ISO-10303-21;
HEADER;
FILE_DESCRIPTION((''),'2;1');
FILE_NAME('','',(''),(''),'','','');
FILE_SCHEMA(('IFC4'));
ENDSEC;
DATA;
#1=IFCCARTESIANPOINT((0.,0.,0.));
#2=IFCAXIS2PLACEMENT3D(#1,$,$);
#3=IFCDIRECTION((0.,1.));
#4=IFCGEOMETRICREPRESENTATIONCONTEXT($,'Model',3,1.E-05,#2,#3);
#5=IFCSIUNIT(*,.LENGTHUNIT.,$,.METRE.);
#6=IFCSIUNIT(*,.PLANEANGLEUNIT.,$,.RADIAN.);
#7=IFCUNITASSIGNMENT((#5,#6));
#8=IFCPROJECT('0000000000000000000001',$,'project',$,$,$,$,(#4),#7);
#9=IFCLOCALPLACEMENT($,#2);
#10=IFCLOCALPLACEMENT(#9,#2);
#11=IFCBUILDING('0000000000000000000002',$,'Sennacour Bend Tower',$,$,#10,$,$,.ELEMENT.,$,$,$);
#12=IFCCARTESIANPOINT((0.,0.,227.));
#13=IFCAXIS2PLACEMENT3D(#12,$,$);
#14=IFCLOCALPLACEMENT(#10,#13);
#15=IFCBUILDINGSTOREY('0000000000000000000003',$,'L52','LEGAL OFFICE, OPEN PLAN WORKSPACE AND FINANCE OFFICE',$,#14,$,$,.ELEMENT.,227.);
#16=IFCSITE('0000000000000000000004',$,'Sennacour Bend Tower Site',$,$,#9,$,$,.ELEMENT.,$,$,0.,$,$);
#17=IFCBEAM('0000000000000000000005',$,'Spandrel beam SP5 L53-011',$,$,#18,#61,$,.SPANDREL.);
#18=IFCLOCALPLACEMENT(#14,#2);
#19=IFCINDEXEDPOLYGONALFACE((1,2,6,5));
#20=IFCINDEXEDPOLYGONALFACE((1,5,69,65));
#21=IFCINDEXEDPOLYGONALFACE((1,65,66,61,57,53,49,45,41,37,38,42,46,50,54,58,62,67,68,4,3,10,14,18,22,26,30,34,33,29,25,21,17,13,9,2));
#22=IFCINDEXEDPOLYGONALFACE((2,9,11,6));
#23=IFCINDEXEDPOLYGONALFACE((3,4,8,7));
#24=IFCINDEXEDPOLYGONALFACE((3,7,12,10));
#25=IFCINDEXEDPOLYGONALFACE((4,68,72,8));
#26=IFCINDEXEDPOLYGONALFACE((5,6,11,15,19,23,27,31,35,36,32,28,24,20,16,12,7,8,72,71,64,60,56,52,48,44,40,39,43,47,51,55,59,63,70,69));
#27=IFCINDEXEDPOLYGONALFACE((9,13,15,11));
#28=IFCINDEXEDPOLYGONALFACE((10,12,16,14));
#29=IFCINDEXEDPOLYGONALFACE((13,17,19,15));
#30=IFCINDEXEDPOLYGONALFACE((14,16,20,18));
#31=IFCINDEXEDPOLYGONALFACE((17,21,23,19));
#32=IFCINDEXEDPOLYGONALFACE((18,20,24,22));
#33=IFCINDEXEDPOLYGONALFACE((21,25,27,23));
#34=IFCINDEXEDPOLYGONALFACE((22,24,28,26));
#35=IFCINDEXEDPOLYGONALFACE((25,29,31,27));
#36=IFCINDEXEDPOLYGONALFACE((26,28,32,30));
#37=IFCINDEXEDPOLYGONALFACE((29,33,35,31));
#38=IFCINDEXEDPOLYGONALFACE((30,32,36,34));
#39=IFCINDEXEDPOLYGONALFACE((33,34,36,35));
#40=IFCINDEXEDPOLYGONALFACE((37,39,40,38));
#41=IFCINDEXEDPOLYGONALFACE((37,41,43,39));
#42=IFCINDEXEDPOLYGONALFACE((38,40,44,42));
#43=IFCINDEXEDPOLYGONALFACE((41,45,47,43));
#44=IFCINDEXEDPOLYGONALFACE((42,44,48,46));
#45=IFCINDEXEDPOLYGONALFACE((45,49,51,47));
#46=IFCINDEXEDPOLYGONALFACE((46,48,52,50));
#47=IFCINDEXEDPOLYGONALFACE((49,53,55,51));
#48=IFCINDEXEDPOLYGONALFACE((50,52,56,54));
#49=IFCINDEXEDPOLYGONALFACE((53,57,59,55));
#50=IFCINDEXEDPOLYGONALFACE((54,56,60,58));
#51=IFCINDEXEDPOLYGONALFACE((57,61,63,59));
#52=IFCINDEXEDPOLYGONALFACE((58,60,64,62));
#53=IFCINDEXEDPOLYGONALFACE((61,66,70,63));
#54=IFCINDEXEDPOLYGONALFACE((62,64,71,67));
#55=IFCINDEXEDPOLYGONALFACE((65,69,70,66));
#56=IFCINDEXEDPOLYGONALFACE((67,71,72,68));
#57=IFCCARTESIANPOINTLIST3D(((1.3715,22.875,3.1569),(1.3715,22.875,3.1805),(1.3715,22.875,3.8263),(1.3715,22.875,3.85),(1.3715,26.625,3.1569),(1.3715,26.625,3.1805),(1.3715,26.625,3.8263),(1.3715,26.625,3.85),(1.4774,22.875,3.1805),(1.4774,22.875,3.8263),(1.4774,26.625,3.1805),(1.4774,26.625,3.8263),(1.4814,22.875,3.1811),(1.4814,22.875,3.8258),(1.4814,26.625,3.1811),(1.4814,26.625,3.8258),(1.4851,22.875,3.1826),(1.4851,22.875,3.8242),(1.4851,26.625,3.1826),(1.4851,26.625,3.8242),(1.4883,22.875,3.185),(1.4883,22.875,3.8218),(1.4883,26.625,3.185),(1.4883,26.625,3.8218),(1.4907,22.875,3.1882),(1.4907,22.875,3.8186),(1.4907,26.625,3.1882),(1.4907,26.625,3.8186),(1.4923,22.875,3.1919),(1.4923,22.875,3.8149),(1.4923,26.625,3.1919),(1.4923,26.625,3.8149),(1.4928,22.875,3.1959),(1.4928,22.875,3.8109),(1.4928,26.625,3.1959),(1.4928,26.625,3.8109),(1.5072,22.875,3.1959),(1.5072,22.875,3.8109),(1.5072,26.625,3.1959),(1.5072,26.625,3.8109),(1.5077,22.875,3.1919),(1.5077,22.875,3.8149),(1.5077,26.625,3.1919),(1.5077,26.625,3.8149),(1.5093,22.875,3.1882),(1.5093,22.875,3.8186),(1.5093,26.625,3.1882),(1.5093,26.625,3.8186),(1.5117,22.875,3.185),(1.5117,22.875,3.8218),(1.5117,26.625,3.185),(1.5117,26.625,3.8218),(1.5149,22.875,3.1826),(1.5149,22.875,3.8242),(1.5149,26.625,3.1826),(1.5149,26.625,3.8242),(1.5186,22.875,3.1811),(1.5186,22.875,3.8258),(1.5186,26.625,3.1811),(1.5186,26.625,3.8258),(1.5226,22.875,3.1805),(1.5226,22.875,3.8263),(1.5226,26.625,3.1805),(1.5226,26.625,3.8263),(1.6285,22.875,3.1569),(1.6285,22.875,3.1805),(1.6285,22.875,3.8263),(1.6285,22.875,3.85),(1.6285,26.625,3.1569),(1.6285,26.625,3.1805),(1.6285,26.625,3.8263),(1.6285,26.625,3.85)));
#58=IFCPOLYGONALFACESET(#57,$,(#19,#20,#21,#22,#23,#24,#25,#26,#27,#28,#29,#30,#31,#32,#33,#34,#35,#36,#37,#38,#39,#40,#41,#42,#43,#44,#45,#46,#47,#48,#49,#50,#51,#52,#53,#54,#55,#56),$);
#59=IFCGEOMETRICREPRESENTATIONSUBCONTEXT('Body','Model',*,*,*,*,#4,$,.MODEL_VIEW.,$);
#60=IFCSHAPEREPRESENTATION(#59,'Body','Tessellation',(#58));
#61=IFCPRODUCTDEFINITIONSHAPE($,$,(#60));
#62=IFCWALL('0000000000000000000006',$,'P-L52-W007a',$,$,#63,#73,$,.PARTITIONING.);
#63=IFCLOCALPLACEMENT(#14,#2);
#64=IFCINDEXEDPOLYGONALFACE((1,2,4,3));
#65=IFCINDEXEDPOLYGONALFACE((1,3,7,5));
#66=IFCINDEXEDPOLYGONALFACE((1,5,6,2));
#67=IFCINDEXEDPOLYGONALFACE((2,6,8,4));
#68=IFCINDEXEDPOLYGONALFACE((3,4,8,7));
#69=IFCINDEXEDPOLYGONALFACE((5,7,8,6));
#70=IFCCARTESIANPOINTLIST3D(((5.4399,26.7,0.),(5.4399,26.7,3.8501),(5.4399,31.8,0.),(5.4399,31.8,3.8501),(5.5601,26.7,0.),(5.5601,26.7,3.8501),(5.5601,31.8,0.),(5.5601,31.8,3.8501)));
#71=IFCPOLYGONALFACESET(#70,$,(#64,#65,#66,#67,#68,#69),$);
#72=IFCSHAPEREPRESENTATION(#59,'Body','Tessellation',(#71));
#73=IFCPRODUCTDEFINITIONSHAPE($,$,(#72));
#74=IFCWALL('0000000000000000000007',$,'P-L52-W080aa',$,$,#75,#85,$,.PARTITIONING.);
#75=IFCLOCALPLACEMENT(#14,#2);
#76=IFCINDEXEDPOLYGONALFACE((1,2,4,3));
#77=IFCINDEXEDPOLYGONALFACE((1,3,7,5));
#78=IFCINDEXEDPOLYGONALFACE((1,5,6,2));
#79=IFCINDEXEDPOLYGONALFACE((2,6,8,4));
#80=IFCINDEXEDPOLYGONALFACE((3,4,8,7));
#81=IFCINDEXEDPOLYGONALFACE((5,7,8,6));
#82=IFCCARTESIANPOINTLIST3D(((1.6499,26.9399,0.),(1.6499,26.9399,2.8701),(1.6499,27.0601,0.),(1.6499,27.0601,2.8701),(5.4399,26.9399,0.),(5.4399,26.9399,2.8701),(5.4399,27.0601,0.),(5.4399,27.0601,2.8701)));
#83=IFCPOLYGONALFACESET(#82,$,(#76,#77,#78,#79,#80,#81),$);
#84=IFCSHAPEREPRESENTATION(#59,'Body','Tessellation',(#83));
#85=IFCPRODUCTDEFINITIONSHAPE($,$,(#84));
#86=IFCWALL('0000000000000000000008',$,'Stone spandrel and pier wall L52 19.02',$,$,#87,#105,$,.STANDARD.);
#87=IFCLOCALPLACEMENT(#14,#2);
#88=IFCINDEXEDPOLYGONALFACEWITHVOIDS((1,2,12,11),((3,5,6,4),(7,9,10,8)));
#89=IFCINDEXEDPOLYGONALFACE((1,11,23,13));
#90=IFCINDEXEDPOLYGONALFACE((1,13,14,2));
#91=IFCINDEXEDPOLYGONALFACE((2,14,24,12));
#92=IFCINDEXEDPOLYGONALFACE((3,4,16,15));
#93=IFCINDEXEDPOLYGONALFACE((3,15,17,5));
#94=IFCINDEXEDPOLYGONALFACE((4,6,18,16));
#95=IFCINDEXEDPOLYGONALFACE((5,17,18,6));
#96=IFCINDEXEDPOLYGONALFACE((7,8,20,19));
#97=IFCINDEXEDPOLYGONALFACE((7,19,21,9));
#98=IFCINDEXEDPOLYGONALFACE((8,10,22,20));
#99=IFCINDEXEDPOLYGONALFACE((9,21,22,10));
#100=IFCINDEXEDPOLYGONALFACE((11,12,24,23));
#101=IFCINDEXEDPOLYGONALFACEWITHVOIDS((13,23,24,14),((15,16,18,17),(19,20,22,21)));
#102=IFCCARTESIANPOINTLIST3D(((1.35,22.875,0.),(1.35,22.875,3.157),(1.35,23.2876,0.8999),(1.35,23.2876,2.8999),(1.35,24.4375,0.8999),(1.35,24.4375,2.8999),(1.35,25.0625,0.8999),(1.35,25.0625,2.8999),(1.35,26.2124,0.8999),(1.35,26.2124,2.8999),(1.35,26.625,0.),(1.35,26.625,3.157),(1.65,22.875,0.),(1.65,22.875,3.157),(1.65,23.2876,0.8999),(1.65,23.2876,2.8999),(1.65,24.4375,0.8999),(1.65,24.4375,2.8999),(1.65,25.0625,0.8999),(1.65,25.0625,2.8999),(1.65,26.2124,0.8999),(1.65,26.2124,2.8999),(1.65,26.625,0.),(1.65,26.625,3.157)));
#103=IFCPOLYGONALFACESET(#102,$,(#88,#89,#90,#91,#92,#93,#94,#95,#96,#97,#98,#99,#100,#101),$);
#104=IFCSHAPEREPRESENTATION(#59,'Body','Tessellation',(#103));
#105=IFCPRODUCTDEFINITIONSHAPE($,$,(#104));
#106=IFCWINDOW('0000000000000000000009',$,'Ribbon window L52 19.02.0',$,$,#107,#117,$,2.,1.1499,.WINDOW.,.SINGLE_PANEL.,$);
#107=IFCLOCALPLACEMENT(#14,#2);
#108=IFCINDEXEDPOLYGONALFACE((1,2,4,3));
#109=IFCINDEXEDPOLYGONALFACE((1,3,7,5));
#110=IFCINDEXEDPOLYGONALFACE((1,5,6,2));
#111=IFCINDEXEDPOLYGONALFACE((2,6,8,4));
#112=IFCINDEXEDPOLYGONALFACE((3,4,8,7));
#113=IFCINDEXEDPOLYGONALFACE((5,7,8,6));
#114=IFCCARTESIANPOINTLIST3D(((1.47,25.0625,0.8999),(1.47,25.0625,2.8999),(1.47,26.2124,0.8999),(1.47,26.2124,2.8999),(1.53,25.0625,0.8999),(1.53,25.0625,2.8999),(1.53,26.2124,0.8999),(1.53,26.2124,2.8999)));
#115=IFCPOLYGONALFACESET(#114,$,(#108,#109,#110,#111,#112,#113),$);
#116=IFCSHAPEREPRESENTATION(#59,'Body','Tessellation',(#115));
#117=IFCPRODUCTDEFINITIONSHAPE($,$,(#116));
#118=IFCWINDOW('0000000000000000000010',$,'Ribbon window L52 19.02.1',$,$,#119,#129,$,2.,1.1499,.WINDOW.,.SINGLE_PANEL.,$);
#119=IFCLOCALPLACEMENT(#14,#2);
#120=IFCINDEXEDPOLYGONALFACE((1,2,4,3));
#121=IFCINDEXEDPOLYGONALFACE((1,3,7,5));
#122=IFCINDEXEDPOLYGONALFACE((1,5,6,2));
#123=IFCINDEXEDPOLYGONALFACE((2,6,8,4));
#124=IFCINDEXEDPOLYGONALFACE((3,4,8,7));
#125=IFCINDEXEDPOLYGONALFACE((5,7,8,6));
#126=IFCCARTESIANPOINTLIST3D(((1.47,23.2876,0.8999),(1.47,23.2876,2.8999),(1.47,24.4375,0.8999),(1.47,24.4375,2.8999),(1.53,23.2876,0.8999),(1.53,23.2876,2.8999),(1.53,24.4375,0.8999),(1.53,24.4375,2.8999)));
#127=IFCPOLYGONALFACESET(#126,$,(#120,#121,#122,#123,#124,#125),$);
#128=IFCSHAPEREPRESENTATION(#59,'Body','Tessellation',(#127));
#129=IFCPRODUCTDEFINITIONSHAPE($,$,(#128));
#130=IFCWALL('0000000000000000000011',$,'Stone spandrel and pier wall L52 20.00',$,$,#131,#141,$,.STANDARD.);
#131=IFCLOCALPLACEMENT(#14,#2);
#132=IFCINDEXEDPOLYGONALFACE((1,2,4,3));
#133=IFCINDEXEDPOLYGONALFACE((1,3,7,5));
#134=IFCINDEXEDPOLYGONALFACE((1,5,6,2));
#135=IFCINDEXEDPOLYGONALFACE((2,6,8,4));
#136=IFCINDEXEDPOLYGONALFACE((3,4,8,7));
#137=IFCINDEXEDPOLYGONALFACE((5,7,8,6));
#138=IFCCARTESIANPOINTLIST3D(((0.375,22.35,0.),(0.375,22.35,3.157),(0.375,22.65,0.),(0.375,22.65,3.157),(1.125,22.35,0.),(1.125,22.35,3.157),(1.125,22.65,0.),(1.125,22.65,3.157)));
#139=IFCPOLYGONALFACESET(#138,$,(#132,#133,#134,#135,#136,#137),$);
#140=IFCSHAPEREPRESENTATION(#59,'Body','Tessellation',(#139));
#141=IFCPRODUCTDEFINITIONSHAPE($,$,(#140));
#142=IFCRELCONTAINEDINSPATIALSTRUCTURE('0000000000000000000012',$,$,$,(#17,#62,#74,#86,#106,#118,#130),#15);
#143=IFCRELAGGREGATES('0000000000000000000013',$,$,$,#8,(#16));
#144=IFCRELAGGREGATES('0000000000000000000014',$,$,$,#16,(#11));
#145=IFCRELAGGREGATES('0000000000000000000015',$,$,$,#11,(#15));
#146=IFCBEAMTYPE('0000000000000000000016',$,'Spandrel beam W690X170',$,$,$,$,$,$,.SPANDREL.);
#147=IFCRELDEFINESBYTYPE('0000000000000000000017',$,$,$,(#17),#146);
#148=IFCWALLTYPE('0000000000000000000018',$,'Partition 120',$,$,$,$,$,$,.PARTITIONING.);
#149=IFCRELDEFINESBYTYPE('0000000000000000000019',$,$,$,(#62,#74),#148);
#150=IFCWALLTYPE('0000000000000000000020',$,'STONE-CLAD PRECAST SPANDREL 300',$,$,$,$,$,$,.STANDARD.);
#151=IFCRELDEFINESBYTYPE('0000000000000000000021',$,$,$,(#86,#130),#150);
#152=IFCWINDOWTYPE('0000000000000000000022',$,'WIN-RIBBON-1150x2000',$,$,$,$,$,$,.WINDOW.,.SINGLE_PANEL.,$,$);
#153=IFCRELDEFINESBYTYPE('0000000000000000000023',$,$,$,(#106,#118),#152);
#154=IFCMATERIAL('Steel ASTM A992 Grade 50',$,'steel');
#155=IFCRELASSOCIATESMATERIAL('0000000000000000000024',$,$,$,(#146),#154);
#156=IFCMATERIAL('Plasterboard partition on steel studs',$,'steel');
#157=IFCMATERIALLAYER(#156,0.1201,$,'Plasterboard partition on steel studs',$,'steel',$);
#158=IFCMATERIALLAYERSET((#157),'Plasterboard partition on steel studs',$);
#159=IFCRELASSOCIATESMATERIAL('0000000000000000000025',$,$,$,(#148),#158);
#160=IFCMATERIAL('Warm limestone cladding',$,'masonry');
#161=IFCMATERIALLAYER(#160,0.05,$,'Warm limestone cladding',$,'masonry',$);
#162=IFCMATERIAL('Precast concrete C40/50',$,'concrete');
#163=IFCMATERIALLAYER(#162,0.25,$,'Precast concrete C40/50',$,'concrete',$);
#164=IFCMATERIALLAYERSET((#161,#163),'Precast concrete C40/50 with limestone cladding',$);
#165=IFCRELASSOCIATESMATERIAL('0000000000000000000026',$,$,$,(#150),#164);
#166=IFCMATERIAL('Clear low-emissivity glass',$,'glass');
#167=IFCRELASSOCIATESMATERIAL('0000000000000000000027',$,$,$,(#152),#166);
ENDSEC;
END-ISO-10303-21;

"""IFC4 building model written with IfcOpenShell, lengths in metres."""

from ifc_helpers import new_model, si_unit, direction, frame, frame_2d, origin, origin_2d, place, context, subcontext, project, spatial, rectangle, i_section, extrude, material, layer, layer_set, material_profile, profile_set, type_object, element, fill, save


model = new_model("IFC4")

# Units and contexts
model_context = context("Model", 3, precision=1e-05, world=origin(), true_north=direction((0.0, 1.0)))
body_context = subcontext(model_context, "Body", "Model", "MODEL_VIEW")
ifc_project = project(units=[si_unit("LENGTHUNIT", "METRE"), si_unit("PLANEANGLEUNIT", "RADIAN")], contexts=[model_context])

# Site, building, storey
site_placement = place(None, origin())
site = spatial("IfcSite", under=ifc_project, at=site_placement, Name="Sennacour Bend Tower Site", CompositionType="ELEMENT", RefElevation=0.0)
building_placement = place(site_placement, origin())
building = spatial("IfcBuilding", under=site, at=building_placement, Name="Sennacour Bend Tower", CompositionType="ELEMENT")
storey_placement = place(building_placement, frame((0.0, 0.0, 227.0)))
storey = spatial("IfcBuildingStorey", under=building, at=storey_placement, Name="L52", Description="LEGAL OFFICE, OPEN PLAN WORKSPACE AND FINANCE OFFICE", CompositionType="ELEMENT", Elevation=227.0)

# Beam
ifc_material_1 = material(Name="Steel ASTM A992 Grade 50", Category="steel")
ifc_material_profile_1 = material_profile(ifc_material_1, i_section(OverallWidth=0.2571, OverallDepth=0.6931, WebThickness=0.0144, FlangeThickness=0.0237, FilletRadius=0.0154, at=origin_2d()), Name="Steel ASTM A992 Grade 50", Category="steel")
ifc_profile_set_1 = profile_set([ifc_material_profile_1], Name="Steel ASTM A992 Grade 50")
beam_type_1 = type_object("IfcBeamType", Name="Spandrel beam W690X170", PredefinedType="SPANDREL", material=ifc_profile_set_1)
beam_1_placement = place(storey_placement, frame((1.5, 22.875, 3.5034), z_axis=(0.0, 1.0, 0.0), x_axis=(-1.0, 0.0, 0.0)))
element("IfcBeam", 1, at=beam_1_placement, inside=storey, type_object=beam_type_1, Name="Spandrel beam SP5 L53-011", PredefinedType="SPANDREL", context=body_context, shape_type="SweptSolid", body=[
    extrude(i_section(OverallWidth=0.2571, OverallDepth=0.6931, WebThickness=0.0144, FlangeThickness=0.0237, FilletRadius=0.0154, at=origin_2d()), origin(), (0.0, 0.0, 1.0), 3.75),
])

# Walls
ifc_material_2 = material(Name="Plasterboard partition on steel studs", Category="steel")
ifc_layer_1 = layer(ifc_material_2, 0.1201, Name="Plasterboard partition on steel studs", Category="steel")
ifc_layer_set_1 = layer_set([ifc_layer_1], Name="Plasterboard partition on steel studs")
wall_type_1 = type_object("IfcWallType", Name="Partition 120", PredefinedType="PARTITIONING", material=ifc_layer_set_1)
wall_1_placement = place(storey_placement, frame((5.5, 26.7, 0.0), z_axis=(0.0, 0.0, 1.0), x_axis=(0.0, 1.0, 0.0)))
element("IfcWall", 2, at=wall_1_placement, inside=storey, type_object=wall_type_1, Name="P-L52-W007a", PredefinedType="PARTITIONING", context=body_context, shape_type="SweptSolid", body=[
    extrude(rectangle(XDim=5.1001, YDim=0.1201, at=frame_2d((2.55, 0.0))), origin(), (0.0, 0.0, 1.0), 3.8501),
])
wall_2_placement = place(storey_placement, frame((1.6499, 27.0, 0.0), z_axis=(0.0, 0.0, 1.0), x_axis=(1.0, 0.0, 0.0)))
element("IfcWall", 3, at=wall_2_placement, inside=storey, type_object=wall_type_1, Name="P-L52-W080aa", PredefinedType="PARTITIONING", context=body_context, shape_type="SweptSolid", body=[
    extrude(rectangle(XDim=3.79, YDim=0.1201, at=frame_2d((1.895, 0.0))), origin(), (0.0, 0.0, 1.0), 2.8701),
])

# Wall, openings, windows
ifc_material_3 = material(Name="Warm limestone cladding", Category="masonry")
ifc_layer_2 = layer(ifc_material_3, 0.05, Name="Warm limestone cladding", Category="masonry")
ifc_material_4 = material(Name="Precast concrete C40/50", Category="concrete")
ifc_layer_3 = layer(ifc_material_4, 0.25, Name="Precast concrete C40/50", Category="concrete")
ifc_layer_set_2 = layer_set([ifc_layer_2, ifc_layer_3], Name="Precast concrete C40/50 with limestone cladding")
wall_type_2 = type_object("IfcWallType", Name="STONE-CLAD PRECAST SPANDREL 300", PredefinedType="STANDARD", material=ifc_layer_set_2)
wall_3_placement = place(storey_placement, frame((1.5, 26.625, 0.0), z_axis=(0.0, 0.0, 1.0), x_axis=(0.0, -1.0, 0.0)))
wall_3 = element("IfcWall", 4, at=wall_3_placement, inside=storey, type_object=wall_type_2, Name="Stone spandrel and pier wall L52 19.02", PredefinedType="STANDARD", context=body_context, shape_type="SweptSolid", body=[
    extrude(rectangle(XDim=3.75, YDim=0.3, at=frame_2d((1.875, 0.0))), origin(), (0.0, 0.0, 1.0), 3.157),
])
opening_1_placement = place(wall_3_placement, frame((0.4126, 0.0, 0.8999)))
opening_1 = element("IfcOpeningElement", 5, at=opening_1_placement, cuts=wall_3, PredefinedType="OPENING", context=body_context, shape_type="SweptSolid", body=[
    extrude(rectangle(XDim=1.1499, YDim=2.0, at=frame_2d((0.575, 1.0))), frame((0.0, 0.1602, 0.0), z_axis=(0.0, -1.0, 0.0), x_axis=(1.0, 0.0, 0.0)), (0.0, 0.0, 1.0), 0.3201),
])
opening_2_placement = place(wall_3_placement, frame((2.1875, 0.0, 0.8999)))
opening_2 = element("IfcOpeningElement", 6, at=opening_2_placement, cuts=wall_3, PredefinedType="OPENING", context=body_context, shape_type="SweptSolid", body=[
    extrude(rectangle(XDim=1.1499, YDim=2.0, at=frame_2d((0.575, 1.0))), frame((0.0, 0.1602, 0.0), z_axis=(0.0, -1.0, 0.0), x_axis=(1.0, 0.0, 0.0)), (0.0, 0.0, 1.0), 0.3201),
])
ifc_material_5 = material(Name="Clear low-emissivity glass", Category="glass")
window_type = type_object("IfcWindowType", Name="WIN-RIBBON-1150x2000", PartitioningType="SINGLE_PANEL", PredefinedType="WINDOW", material=ifc_material_5)
window_1_placement = place(opening_1_placement, origin())
window_1 = element("IfcWindow", 7, at=window_1_placement, inside=storey, type_object=window_type, Name="Ribbon window L52 19.02.0", OverallHeight=2.0, OverallWidth=1.1499, PartitioningType="SINGLE_PANEL", PredefinedType="WINDOW", context=body_context, shape_type="SweptSolid", body=[
    extrude(rectangle(XDim=1.1499, YDim=2.0, at=frame_2d((0.575, 1.0))), frame((0.0, 0.03, 0.0), z_axis=(0.0, -1.0, 0.0), x_axis=(1.0, 0.0, 0.0)), (0.0, 0.0, 1.0), 0.0601),
])
fill(opening_1, window_1)
window_2_placement = place(opening_2_placement, origin())
window_2 = element("IfcWindow", 8, at=window_2_placement, inside=storey, type_object=window_type, Name="Ribbon window L52 19.02.1", OverallHeight=2.0, OverallWidth=1.1499, PartitioningType="SINGLE_PANEL", PredefinedType="WINDOW", context=body_context, shape_type="SweptSolid", body=[
    extrude(rectangle(XDim=1.1499, YDim=2.0, at=frame_2d((0.575, 1.0))), frame((0.0, 0.03, 0.0), z_axis=(0.0, -1.0, 0.0), x_axis=(1.0, 0.0, 0.0)), (0.0, 0.0, 1.0), 0.0601),
])
fill(opening_2, window_2)

# Wall
wall_4_placement = place(storey_placement, frame((1.125, 22.5, 0.0), z_axis=(0.0, 0.0, 1.0), x_axis=(-1.0, 0.0, 0.0)))
element("IfcWall", 9, at=wall_4_placement, inside=storey, type_object=wall_type_2, Name="Stone spandrel and pier wall L52 20.00", PredefinedType="STANDARD", context=body_context, shape_type="SweptSolid", body=[
    extrude(rectangle(XDim=0.75, YDim=0.3, at=frame_2d((0.375, 0.0))), origin(), (0.0, 0.0, 1.0), 3.157),
])

save(model, "model.ifc")
